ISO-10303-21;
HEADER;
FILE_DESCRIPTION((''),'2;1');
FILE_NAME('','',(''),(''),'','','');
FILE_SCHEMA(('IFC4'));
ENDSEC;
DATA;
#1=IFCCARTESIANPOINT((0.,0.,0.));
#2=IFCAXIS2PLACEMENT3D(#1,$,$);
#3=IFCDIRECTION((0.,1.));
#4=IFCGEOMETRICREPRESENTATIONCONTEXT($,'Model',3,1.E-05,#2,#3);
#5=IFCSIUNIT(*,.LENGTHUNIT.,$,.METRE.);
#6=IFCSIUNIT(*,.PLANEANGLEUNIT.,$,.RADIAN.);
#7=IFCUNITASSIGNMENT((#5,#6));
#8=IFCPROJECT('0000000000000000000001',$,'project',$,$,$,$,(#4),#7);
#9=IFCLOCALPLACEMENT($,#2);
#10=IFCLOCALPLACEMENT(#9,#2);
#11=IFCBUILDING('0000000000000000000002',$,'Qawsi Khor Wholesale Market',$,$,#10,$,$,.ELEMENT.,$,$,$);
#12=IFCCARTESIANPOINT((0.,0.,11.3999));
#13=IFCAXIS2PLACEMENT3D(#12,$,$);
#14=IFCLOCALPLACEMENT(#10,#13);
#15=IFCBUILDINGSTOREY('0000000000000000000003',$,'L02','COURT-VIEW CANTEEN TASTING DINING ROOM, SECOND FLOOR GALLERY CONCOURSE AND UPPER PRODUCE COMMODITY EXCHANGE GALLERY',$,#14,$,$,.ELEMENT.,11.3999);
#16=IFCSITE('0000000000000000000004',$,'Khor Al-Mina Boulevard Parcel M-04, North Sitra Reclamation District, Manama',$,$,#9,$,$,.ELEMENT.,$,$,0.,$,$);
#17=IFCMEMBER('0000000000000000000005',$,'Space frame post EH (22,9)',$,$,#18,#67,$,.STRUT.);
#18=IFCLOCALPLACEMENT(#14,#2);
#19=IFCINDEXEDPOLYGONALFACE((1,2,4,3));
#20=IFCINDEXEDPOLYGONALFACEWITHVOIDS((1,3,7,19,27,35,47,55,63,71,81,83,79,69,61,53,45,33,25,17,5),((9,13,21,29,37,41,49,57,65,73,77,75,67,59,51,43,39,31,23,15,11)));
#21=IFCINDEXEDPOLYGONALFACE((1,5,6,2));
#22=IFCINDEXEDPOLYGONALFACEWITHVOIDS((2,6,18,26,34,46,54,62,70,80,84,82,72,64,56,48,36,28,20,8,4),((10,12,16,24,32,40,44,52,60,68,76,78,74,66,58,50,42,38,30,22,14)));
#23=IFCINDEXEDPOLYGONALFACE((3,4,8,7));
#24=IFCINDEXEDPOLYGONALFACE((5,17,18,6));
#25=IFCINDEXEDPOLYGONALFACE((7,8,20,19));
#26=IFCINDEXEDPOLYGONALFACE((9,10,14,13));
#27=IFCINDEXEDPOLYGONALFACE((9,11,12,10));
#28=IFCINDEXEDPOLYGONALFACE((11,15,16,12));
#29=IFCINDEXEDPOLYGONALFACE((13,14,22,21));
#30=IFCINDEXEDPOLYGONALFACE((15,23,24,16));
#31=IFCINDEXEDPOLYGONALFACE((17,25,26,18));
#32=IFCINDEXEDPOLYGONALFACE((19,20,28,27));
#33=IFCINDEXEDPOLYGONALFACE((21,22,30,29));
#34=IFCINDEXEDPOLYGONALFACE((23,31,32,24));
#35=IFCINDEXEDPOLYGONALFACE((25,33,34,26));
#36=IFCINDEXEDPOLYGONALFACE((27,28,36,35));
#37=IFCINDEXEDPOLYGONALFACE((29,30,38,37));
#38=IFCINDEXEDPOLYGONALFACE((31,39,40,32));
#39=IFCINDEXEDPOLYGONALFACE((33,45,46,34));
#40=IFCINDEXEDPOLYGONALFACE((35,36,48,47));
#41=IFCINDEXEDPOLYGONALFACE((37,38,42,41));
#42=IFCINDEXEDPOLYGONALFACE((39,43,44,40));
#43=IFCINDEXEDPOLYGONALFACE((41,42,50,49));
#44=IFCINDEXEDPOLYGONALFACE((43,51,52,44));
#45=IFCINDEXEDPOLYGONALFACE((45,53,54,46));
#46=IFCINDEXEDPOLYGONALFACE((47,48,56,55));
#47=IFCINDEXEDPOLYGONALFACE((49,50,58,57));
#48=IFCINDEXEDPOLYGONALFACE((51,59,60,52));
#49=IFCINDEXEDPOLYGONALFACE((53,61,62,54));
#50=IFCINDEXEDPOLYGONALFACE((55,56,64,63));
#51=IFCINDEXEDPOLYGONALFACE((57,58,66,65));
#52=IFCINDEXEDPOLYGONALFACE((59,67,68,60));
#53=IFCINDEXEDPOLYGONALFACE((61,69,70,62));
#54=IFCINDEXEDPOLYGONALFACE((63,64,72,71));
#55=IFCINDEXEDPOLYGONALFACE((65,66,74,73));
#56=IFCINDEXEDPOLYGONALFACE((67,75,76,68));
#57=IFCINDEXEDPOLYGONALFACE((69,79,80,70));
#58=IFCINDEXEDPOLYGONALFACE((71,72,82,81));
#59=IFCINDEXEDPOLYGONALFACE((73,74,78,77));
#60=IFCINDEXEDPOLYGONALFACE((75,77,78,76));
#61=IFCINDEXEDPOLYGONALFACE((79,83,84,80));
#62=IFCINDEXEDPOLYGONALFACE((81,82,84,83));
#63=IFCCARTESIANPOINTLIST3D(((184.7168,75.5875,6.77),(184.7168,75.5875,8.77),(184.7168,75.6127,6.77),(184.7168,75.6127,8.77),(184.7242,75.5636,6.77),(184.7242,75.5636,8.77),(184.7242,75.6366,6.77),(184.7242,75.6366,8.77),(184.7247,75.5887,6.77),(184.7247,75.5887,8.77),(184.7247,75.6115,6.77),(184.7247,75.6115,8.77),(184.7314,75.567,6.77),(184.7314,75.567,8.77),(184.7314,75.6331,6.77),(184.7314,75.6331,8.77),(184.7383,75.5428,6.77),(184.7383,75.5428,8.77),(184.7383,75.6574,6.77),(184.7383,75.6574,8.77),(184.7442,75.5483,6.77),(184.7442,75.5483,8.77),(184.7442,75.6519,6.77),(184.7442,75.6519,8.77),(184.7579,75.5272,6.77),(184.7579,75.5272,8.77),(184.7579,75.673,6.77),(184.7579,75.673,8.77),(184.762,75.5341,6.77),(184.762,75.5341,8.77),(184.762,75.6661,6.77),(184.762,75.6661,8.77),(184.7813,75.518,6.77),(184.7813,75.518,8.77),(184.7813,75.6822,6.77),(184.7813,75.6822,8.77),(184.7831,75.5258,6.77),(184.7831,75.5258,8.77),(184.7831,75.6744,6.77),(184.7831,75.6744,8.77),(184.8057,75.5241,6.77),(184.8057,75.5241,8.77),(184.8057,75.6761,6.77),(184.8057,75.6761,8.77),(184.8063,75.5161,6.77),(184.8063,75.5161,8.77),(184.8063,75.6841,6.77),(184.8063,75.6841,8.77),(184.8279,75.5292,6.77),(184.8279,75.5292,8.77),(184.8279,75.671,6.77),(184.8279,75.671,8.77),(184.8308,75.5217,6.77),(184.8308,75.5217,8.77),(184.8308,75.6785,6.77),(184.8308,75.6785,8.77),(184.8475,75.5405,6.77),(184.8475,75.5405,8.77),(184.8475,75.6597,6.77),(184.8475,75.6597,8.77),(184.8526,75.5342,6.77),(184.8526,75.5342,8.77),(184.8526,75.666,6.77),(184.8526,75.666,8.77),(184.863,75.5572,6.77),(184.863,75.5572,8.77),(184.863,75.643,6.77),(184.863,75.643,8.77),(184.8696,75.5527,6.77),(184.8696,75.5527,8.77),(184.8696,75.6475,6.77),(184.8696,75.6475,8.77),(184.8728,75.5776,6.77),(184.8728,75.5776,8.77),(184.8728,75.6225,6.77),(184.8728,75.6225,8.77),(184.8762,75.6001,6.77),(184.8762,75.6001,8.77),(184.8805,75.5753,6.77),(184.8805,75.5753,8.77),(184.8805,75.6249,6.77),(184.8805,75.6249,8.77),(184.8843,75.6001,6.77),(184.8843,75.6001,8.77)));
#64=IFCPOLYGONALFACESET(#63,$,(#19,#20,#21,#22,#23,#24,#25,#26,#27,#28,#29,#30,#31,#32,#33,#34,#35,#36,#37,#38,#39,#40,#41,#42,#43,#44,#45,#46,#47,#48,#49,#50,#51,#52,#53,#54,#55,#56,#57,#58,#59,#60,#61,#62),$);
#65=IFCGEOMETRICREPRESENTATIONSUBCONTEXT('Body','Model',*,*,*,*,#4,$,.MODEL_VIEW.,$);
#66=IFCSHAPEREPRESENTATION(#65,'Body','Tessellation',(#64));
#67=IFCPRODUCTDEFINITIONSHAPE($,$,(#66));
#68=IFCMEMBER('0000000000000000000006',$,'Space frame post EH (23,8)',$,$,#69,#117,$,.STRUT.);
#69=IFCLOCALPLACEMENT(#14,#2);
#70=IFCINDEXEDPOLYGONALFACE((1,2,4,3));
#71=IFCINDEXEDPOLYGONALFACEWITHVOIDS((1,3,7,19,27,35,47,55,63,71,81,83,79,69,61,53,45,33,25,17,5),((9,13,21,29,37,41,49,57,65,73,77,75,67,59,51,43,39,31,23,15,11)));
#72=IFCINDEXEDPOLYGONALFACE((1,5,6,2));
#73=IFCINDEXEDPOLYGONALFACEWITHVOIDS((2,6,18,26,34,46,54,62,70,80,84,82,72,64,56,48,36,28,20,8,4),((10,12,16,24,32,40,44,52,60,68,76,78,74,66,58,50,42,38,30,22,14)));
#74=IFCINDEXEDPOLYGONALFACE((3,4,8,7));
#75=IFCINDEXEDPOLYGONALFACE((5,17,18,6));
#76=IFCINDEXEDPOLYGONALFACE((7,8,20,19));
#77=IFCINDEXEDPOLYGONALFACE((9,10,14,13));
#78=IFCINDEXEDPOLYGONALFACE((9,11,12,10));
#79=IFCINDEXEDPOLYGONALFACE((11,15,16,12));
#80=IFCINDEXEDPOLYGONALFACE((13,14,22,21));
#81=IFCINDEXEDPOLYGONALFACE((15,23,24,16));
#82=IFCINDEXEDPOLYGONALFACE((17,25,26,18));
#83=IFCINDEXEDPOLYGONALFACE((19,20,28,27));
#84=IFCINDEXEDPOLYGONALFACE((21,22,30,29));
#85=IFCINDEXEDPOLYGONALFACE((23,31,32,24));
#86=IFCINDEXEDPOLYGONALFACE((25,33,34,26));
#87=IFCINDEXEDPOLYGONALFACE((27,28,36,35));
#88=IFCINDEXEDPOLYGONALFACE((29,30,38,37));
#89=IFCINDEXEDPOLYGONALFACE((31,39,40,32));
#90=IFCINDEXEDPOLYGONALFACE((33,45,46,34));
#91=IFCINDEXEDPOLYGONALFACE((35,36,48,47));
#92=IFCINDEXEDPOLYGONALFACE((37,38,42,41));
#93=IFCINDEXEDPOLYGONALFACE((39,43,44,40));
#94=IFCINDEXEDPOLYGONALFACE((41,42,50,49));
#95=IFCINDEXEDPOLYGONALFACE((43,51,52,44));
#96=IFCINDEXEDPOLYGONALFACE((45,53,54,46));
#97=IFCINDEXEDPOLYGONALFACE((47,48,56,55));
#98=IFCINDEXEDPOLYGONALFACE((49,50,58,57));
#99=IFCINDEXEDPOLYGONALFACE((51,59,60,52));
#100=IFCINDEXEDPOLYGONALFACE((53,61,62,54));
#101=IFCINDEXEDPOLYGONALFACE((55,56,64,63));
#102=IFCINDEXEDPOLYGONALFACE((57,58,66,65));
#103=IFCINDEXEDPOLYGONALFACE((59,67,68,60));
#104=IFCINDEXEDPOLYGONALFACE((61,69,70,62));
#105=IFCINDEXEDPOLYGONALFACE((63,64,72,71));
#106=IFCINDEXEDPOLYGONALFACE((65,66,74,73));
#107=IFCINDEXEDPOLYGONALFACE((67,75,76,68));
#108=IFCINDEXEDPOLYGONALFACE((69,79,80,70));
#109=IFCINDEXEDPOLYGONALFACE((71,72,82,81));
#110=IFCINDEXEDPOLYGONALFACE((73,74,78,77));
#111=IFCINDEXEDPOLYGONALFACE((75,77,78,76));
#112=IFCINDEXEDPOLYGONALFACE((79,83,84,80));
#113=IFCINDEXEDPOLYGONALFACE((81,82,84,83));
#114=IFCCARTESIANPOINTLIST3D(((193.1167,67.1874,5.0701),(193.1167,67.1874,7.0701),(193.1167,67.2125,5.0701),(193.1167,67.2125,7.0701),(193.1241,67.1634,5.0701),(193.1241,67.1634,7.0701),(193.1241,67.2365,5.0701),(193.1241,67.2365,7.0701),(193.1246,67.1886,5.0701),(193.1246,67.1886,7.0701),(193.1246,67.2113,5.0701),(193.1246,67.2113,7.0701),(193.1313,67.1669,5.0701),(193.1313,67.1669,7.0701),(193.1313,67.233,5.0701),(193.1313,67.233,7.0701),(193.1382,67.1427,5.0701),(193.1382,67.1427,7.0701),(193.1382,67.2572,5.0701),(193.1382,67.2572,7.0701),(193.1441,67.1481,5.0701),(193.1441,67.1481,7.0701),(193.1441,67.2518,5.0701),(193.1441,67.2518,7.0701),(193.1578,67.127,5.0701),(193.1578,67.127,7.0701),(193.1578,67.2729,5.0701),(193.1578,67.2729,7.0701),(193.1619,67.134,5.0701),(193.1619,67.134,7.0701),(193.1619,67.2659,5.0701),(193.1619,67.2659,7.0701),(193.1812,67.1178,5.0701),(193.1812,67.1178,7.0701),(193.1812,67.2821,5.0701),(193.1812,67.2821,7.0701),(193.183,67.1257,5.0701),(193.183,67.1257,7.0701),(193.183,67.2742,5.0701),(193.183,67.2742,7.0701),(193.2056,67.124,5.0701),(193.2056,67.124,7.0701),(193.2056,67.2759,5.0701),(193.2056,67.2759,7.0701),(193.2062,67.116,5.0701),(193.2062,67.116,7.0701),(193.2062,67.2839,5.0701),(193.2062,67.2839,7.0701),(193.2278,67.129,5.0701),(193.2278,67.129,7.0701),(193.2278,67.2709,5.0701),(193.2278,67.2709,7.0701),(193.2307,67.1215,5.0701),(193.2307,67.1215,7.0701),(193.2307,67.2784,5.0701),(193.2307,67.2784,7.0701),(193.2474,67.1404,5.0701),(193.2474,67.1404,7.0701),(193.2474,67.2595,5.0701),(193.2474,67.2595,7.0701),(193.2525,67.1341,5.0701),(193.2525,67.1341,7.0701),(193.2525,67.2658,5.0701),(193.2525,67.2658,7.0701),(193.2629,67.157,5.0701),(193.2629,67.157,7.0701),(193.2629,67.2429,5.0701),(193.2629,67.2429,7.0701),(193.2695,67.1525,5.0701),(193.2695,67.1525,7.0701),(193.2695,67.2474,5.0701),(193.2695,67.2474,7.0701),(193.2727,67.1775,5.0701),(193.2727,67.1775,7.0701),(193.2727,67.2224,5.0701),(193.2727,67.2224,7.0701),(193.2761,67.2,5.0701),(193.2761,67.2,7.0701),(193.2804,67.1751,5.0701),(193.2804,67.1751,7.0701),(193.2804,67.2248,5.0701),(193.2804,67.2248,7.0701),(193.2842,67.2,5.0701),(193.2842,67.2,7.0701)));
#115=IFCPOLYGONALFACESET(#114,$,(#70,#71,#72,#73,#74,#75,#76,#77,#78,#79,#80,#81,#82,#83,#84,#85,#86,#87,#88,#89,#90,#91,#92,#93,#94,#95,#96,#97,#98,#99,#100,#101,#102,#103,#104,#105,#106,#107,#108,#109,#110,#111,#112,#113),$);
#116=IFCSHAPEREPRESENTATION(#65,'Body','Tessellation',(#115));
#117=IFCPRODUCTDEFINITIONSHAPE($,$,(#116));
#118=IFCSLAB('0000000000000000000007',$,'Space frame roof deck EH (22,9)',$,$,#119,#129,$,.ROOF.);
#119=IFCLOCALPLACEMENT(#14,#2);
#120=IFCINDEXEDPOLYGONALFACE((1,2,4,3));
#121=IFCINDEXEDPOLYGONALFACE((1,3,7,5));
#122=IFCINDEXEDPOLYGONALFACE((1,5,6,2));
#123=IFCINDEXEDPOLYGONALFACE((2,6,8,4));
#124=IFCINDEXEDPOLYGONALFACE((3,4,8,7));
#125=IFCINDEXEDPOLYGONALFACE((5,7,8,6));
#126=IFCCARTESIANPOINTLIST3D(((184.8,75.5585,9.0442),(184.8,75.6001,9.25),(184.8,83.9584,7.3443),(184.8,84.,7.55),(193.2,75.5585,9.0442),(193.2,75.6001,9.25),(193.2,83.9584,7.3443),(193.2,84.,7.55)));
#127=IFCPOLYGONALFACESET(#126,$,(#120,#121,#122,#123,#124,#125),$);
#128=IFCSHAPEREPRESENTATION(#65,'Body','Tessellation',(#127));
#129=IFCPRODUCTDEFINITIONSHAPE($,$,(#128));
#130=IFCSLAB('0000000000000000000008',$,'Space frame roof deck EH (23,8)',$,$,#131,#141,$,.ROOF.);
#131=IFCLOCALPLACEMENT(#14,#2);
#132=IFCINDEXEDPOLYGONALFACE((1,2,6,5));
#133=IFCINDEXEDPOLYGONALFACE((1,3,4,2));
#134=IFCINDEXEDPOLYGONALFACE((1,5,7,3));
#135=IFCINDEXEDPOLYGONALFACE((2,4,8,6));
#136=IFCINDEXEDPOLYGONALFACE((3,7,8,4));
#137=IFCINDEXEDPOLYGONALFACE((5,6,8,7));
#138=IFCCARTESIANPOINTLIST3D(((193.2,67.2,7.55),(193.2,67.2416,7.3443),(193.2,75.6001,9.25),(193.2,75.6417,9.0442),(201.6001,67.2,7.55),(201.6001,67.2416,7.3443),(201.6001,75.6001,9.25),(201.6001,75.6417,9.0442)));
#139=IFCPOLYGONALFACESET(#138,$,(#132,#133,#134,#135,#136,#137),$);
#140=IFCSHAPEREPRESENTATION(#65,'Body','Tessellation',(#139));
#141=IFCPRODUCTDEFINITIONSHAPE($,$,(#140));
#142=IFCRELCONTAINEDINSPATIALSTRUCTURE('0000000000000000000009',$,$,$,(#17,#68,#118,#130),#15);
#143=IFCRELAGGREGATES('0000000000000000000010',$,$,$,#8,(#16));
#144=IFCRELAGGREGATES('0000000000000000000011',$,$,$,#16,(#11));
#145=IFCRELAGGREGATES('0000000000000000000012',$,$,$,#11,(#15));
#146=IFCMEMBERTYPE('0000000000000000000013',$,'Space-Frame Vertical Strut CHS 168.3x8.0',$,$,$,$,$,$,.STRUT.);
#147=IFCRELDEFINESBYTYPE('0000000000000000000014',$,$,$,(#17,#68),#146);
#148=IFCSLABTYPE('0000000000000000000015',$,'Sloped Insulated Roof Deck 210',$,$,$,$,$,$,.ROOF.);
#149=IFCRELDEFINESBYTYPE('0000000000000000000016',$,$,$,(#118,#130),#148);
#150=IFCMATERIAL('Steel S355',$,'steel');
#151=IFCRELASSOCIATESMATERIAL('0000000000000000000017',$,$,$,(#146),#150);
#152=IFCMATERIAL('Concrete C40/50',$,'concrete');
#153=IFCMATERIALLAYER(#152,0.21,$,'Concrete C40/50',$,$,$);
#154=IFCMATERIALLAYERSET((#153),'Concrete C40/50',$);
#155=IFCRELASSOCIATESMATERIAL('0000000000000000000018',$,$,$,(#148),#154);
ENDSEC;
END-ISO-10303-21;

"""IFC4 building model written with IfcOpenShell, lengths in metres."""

from ifc_helpers import new_model, si_unit, direction, frame, origin, origin_2d, place, context, subcontext, project, spatial, polyline, hollow_circle, outline, extrude, material, layer, layer_set, material_profile, profile_set, type_object, element, save


model = new_model("IFC4")

# Units and contexts
model_context = context("Model", 3, precision=1e-05, world=origin(), true_north=direction((0.0, 1.0)))
body_context = subcontext(model_context, "Body", "Model", "MODEL_VIEW")
ifc_project = project(units=[si_unit("LENGTHUNIT", "METRE"), si_unit("PLANEANGLEUNIT", "RADIAN")], contexts=[model_context])

# Site, building, storey
site_placement = place(None, origin())
site = spatial("IfcSite", under=ifc_project, at=site_placement, Name="Khor Al-Mina Boulevard Parcel M-04, North Sitra Reclamation District, Manama", CompositionType="ELEMENT", RefElevation=0.0)
building_placement = place(site_placement, origin())
building = spatial("IfcBuilding", under=site, at=building_placement, Name="Qawsi Khor Wholesale Market", CompositionType="ELEMENT")
storey_placement = place(building_placement, frame((0.0, 0.0, 11.3999)))
storey = spatial("IfcBuildingStorey", under=building, at=storey_placement, Name="L02", Description="COURT-VIEW CANTEEN TASTING DINING ROOM, SECOND FLOOR GALLERY CONCOURSE AND UPPER PRODUCE COMMODITY EXCHANGE GALLERY", CompositionType="ELEMENT", Elevation=11.3999)

# Members
ifc_material_1 = material(Name="Steel S355", Category="steel")
ifc_material_profile_1 = material_profile(ifc_material_1, hollow_circle(Radius=0.0842, WallThickness=0.0081, at=origin_2d()), Name="CHS 168.3x8.0")
ifc_profile_set_1 = profile_set([ifc_material_profile_1], Name="Steel S355")
member_type_1 = type_object("IfcMemberType", Name="Space-Frame Vertical Strut CHS 168.3x8.0", PredefinedType="STRUT", material=ifc_profile_set_1)
for number, where, z_axis, x_axis, name in (
    (1, (184.8, 75.6001, 6.77), (0.0, 0.0, 1.0), (1.0, 0.0, 0.0), "Space frame post EH (22,9)"),
    (2, (193.2, 67.2, 5.0701), (0.0, 0.0, 1.0), (1.0, 0.0, 0.0), "Space frame post EH (23,8)"),
):
    element("IfcMember", number, at=place(storey_placement, frame(where, z_axis=z_axis, x_axis=x_axis)), inside=storey, type_object=member_type_1, Name=name, PredefinedType="STRUT", context=body_context, shape_type="SweptSolid", body=[
        extrude(hollow_circle(Radius=0.0842, WallThickness=0.0081, at=origin_2d()), origin(), (0.0, 0.0, 1.0), 2.0),
    ])

# Slabs
ifc_material_2 = material(Name="Concrete C40/50", Category="concrete")
ifc_layer = layer(ifc_material_2, 0.21, Name="Concrete C40/50")
ifc_layer_set = layer_set([ifc_layer], Name="Concrete C40/50")
slab_type = type_object("IfcSlabType", Name="Sloped Insulated Roof Deck 210", PredefinedType="ROOF", material=ifc_layer_set)
slab_1_placement = place(storey_placement, frame((184.8, 75.6001, 9.25), z_axis=(0.0, 0.198356, 0.98013), x_axis=(1.0, 0.0, 0.0)))
element("IfcSlab", 3, at=slab_1_placement, inside=storey, type_object=slab_type, Name="Space frame roof deck EH (22,9)", PredefinedType="ROOF", context=body_context, shape_type="SweptSolid", body=[
    extrude(outline(polyline([(0.0, 0.0), (8.3999, 0.0), (8.3999, 8.5702), (0.0, 8.5702), (0.0, 0.0)])), origin(), (0.0, 0.0, -1.0), 0.21),
])
slab_2_placement = place(storey_placement, frame((193.2, 67.2, 7.55), z_axis=(0.0, -0.198351, 0.980131), x_axis=(1.0, 0.0, 0.0)))
element("IfcSlab", 4, at=slab_2_placement, inside=storey, type_object=slab_type, Name="Space frame roof deck EH (23,8)", PredefinedType="ROOF", context=body_context, shape_type="SweptSolid", body=[
    extrude(outline(polyline([(0.0, 0.0), (8.4001, 0.0), (8.4001, 8.5704), (0.0, 8.5704), (0.0, 0.0)])), origin(), (0.0, 0.0, -1.0), 0.21),
])

save(model, "model.ifc")
